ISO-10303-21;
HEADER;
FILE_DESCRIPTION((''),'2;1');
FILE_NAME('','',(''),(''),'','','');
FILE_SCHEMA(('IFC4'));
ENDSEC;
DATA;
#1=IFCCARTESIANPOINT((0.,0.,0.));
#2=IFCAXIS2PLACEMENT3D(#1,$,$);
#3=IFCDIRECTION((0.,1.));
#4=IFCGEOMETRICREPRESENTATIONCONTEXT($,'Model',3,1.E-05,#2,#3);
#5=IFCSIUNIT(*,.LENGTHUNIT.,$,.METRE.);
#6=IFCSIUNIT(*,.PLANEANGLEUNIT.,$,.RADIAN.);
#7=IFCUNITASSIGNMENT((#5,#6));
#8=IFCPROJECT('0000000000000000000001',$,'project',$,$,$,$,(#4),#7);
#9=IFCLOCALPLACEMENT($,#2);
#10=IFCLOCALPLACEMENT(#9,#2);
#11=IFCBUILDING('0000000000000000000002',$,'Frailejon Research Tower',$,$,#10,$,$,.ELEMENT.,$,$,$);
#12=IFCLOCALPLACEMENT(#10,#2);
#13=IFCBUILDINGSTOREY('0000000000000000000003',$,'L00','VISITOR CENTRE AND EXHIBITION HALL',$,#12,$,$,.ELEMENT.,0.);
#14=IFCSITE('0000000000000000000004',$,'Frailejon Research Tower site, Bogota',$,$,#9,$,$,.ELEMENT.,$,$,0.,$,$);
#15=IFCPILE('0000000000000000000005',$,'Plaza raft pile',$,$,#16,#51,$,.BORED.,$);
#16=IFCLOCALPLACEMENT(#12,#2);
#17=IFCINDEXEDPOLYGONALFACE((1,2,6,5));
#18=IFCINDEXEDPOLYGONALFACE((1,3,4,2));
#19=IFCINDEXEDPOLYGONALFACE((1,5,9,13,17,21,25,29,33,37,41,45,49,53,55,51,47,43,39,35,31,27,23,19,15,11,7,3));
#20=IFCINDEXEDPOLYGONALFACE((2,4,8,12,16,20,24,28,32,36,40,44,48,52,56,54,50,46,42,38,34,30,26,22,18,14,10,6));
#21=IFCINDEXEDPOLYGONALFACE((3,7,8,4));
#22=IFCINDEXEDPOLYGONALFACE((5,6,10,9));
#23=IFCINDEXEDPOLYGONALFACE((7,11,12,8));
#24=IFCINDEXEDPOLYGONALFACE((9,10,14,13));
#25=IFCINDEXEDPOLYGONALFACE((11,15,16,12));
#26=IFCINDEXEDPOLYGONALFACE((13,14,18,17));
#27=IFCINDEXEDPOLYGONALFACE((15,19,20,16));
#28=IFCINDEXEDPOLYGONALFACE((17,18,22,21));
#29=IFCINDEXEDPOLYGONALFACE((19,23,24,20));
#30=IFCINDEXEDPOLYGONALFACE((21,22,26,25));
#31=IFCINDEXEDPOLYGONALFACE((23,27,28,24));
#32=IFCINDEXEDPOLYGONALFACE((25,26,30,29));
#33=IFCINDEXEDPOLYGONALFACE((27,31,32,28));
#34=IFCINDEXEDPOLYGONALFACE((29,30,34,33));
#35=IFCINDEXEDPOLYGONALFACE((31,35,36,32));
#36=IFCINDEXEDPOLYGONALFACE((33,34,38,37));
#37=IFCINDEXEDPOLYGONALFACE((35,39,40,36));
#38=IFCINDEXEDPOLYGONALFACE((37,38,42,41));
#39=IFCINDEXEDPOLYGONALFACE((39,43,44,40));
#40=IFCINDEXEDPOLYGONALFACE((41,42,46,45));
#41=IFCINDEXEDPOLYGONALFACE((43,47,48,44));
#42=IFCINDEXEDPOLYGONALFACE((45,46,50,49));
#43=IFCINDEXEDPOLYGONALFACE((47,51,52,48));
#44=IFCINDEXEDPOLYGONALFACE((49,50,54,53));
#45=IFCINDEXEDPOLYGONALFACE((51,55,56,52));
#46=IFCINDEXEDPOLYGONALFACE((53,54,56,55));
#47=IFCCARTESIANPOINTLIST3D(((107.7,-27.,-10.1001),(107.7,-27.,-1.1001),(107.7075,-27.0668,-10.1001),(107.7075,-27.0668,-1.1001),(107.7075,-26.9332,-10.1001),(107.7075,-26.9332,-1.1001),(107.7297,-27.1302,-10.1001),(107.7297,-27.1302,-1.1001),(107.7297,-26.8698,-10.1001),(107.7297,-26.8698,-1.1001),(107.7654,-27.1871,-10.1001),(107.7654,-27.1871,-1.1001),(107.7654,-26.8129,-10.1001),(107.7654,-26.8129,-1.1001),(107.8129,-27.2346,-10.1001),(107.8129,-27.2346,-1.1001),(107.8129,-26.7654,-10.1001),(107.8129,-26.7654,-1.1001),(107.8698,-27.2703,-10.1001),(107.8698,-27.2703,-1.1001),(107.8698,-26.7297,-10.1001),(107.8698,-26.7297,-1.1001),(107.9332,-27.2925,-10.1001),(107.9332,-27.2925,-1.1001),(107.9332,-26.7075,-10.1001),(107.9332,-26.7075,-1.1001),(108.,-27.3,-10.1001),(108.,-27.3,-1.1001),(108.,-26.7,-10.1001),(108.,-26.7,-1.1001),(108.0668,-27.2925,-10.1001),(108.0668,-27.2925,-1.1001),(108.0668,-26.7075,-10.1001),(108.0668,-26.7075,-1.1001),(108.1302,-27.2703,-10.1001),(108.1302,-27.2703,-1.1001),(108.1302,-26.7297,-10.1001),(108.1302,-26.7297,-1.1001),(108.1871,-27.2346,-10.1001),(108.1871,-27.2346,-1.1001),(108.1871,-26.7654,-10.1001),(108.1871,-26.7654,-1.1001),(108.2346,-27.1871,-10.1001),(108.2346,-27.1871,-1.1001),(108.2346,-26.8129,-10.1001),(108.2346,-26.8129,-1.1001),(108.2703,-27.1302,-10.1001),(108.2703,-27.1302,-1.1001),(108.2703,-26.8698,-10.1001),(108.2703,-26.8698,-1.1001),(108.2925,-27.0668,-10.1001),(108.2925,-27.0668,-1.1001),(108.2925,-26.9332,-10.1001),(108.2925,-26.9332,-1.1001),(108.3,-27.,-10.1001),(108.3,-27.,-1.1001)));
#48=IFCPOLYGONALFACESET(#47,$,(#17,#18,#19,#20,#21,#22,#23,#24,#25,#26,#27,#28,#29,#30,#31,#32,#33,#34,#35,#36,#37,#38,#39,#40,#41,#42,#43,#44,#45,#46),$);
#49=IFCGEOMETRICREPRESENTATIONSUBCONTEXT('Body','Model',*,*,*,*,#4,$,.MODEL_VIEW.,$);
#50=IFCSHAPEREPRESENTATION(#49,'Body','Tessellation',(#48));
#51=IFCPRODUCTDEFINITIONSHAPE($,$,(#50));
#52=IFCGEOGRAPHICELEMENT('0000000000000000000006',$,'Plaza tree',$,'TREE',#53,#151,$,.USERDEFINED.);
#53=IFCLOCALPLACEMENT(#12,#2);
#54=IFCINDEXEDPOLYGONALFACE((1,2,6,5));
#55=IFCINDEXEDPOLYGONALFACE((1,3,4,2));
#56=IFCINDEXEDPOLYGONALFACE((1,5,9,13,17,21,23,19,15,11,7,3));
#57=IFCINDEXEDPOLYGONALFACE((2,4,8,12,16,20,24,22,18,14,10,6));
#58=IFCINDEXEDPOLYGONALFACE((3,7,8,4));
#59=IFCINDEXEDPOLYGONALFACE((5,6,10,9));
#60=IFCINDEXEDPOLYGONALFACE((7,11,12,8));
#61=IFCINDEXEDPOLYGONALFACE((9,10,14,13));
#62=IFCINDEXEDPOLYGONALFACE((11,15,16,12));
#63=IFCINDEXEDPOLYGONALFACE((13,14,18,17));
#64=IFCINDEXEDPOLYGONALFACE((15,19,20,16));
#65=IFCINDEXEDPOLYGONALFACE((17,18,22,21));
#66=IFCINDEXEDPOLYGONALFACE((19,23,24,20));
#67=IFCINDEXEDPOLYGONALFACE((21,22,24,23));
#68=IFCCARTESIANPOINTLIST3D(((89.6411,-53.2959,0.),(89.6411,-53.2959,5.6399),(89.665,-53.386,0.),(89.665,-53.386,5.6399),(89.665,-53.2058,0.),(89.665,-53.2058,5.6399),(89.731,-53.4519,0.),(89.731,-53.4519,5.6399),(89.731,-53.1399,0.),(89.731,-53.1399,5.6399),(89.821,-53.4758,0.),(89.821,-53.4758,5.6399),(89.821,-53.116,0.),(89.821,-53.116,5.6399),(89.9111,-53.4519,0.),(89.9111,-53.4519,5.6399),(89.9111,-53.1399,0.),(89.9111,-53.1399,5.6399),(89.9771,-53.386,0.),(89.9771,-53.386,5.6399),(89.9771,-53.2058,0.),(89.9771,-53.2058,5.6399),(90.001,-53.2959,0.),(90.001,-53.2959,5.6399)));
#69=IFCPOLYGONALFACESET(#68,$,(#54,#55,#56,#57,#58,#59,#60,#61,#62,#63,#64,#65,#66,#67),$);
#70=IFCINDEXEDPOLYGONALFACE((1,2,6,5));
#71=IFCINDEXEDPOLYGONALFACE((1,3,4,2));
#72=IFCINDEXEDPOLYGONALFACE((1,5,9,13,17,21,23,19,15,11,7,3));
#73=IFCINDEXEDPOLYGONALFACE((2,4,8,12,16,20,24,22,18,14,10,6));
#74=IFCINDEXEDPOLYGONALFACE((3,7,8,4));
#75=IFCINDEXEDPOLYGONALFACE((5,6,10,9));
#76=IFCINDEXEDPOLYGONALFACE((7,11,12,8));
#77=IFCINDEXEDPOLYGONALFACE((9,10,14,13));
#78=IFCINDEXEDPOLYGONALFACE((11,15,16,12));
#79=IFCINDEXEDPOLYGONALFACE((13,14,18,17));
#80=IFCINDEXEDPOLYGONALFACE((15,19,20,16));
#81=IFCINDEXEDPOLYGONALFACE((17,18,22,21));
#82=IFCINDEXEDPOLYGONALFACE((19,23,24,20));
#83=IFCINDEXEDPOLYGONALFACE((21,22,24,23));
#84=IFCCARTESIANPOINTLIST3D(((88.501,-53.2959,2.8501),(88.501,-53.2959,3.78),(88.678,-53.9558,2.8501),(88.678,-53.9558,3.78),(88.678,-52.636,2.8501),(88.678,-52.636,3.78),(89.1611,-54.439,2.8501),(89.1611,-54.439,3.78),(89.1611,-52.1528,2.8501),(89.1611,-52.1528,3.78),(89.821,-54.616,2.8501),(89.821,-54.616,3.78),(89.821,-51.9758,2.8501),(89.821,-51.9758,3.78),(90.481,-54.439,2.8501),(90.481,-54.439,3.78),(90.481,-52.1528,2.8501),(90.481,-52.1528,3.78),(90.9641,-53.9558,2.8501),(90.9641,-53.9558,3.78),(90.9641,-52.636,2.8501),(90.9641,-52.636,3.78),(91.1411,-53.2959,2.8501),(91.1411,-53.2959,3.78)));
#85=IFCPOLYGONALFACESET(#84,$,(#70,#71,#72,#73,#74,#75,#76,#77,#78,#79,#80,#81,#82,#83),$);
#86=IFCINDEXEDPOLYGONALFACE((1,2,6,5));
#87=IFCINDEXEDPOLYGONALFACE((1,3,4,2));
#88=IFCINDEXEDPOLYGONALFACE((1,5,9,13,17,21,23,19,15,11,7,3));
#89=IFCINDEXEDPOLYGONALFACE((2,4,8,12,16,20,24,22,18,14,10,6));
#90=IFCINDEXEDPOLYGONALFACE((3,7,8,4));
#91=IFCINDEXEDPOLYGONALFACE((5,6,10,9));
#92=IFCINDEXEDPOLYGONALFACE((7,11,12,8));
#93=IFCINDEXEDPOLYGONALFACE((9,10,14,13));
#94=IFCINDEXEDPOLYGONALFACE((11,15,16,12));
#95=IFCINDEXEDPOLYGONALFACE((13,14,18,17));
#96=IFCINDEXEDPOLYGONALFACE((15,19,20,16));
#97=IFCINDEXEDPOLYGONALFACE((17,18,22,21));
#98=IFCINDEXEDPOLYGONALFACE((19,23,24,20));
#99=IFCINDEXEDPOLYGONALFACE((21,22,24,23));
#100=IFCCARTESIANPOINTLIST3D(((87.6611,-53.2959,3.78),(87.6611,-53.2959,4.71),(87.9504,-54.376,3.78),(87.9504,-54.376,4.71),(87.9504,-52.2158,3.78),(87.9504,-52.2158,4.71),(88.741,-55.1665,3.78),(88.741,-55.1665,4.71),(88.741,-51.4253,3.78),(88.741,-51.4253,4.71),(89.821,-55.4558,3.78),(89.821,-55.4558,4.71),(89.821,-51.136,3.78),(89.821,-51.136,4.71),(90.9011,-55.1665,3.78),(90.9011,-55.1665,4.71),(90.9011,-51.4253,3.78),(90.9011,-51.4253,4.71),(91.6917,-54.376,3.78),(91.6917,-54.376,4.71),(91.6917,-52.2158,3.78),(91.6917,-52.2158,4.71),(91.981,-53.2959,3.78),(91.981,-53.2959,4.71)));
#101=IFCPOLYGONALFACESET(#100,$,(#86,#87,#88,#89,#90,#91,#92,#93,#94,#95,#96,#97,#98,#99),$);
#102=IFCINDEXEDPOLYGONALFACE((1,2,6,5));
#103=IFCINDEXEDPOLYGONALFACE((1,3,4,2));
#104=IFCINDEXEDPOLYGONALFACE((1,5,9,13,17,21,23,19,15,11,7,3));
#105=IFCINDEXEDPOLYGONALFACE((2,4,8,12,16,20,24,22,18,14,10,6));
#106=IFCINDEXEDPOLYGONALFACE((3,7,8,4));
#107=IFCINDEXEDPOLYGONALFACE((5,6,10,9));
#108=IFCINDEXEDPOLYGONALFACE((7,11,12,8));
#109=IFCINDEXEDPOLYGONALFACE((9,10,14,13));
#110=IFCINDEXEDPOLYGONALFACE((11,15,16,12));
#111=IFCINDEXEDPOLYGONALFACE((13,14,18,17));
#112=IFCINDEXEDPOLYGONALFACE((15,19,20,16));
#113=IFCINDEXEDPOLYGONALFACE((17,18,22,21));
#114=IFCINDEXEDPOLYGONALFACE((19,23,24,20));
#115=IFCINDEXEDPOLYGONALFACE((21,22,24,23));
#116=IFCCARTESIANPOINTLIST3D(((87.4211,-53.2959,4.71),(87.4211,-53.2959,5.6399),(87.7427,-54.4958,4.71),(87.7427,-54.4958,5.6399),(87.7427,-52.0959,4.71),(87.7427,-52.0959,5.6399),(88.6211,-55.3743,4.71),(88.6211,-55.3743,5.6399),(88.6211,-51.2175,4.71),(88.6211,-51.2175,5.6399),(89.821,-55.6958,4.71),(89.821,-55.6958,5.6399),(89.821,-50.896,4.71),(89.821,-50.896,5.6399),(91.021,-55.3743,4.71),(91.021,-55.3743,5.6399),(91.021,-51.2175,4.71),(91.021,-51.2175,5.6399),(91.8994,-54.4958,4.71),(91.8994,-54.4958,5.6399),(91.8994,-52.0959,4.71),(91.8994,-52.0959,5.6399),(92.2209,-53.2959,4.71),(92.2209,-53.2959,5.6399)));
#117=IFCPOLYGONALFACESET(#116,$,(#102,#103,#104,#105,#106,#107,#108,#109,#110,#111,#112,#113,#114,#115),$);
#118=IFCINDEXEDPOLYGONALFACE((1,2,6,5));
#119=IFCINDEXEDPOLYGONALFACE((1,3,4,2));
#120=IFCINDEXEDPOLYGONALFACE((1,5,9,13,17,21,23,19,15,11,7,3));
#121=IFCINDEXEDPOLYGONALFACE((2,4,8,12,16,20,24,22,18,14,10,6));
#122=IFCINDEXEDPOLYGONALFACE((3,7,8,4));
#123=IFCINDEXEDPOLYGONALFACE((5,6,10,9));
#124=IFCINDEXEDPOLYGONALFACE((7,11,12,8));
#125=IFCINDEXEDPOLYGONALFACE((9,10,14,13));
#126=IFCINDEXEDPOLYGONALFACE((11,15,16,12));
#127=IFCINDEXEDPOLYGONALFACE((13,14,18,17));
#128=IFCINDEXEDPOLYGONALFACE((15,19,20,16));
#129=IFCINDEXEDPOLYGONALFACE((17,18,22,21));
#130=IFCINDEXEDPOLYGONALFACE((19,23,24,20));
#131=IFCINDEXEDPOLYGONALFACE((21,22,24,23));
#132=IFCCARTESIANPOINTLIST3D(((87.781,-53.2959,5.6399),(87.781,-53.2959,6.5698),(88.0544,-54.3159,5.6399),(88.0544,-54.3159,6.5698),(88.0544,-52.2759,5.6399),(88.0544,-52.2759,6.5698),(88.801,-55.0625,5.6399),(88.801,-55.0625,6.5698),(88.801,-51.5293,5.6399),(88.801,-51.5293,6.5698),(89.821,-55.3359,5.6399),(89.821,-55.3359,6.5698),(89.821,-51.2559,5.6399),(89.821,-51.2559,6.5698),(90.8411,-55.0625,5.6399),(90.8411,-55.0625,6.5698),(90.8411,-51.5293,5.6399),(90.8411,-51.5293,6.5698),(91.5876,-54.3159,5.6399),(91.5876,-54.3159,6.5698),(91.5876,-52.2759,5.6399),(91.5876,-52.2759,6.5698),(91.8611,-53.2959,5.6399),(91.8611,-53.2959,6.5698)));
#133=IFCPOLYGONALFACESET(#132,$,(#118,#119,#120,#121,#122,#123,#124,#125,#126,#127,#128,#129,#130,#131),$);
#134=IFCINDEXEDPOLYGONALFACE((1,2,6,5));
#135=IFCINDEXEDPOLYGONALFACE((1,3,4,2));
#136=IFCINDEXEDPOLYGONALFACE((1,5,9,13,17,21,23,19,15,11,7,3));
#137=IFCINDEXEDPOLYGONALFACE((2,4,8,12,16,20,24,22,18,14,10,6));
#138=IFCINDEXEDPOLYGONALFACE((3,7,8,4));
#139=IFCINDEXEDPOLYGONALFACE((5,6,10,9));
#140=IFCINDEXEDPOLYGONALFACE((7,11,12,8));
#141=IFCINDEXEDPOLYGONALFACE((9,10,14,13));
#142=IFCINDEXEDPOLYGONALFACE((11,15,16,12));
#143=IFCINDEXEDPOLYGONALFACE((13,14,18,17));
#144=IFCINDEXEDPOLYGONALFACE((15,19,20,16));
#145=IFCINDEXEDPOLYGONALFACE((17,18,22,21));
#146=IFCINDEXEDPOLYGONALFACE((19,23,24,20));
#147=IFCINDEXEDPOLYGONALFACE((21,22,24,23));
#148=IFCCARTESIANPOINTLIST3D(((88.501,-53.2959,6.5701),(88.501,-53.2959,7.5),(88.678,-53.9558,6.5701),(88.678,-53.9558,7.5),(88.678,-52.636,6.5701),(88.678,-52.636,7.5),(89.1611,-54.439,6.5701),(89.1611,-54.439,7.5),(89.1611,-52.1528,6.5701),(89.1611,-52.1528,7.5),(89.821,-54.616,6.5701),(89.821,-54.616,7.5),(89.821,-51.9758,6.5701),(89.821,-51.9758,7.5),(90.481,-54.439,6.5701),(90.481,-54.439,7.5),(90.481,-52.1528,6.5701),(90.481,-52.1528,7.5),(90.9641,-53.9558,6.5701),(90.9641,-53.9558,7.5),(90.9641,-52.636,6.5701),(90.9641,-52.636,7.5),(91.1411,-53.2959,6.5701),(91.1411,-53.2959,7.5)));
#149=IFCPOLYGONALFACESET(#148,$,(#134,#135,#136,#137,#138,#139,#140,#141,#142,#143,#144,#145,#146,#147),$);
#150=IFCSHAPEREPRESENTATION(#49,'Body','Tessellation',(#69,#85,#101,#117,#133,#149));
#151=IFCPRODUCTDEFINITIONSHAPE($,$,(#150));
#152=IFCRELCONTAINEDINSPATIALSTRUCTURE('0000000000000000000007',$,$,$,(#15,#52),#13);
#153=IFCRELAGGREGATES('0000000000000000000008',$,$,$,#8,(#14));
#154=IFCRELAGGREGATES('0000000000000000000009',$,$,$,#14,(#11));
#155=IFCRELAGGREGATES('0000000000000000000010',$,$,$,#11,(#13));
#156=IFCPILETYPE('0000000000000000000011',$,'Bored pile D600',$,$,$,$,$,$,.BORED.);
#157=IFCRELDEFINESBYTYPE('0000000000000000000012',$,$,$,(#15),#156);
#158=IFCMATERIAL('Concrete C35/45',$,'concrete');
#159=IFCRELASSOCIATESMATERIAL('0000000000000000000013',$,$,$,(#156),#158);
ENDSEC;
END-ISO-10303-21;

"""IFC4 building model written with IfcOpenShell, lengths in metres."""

from ifc_helpers import new_model, si_unit, direction, frame, origin, origin_2d, place, context, subcontext, project, spatial, polyline, circle, outline, extrude, material, material_profile, profile_set, type_object, element, save


model = new_model("IFC4")

# Units and contexts
model_context = context("Model", 3, precision=1e-05, world=origin(), true_north=direction((0.0, 1.0)))
body_context = subcontext(model_context, "Body", "Model", "MODEL_VIEW")
ifc_project = project(units=[si_unit("LENGTHUNIT", "METRE"), si_unit("PLANEANGLEUNIT", "RADIAN")], contexts=[model_context])

# Site, building, storey
site_placement = place(None, origin())
site = spatial("IfcSite", under=ifc_project, at=site_placement, Name="Frailejon Research Tower site, Bogota", CompositionType="ELEMENT", RefElevation=0.0)
building_placement = place(site_placement, origin())
building = spatial("IfcBuilding", under=site, at=building_placement, Name="Frailejon Research Tower", CompositionType="ELEMENT")
storey_placement = place(building_placement, origin())
storey = spatial("IfcBuildingStorey", under=building, at=storey_placement, Name="L00", Description="VISITOR CENTRE AND EXHIBITION HALL", CompositionType="ELEMENT", Elevation=0.0)

# Pile
ifc_material = material(Name="Concrete C35/45", Category="concrete")
ifc_material_profile = material_profile(ifc_material, circle(Radius=0.3, at=origin_2d()), Name="Bored pile D600")
ifc_profile_set = profile_set([ifc_material_profile], Name="Concrete C35/45")
pile_type = type_object("IfcPileType", Name="Bored pile D600", PredefinedType="BORED", material=ifc_profile_set)
for number, where, z_axis, x_axis, name in (
    (1, (108.0, -27.0, -1.1001), (0.0, 0.0, -1.0), (1.0, 0.0, 0.0), "Plaza raft pile"),
):
    element("IfcPile", number, at=place(storey_placement, frame(where, z_axis=z_axis, x_axis=x_axis)), inside=storey, type_object=pile_type, Name=name, PredefinedType="BORED", context=body_context, shape_type="SweptSolid", body=[
        extrude(circle(Radius=0.3, at=origin_2d()), origin(), (0.0, 0.0, 1.0), 9.0),
    ])

# Geographic element
geographic_element_1_placement = place(storey_placement, frame((89.821, -53.2959, 0.0)))
element("IfcGeographicElement", 2, at=geographic_element_1_placement, inside=storey, Name="Plaza tree", ObjectType="TREE", PredefinedType="USERDEFINED", context=body_context, shape_type="SweptSolid", body=[
    extrude(outline(polyline([(0.1799, 0.0), (0.156, 0.0901), (0.0901, 0.156), (0.0, 0.1799), (-0.0901, 0.156), (-0.156, 0.0901), (-0.1799, 0.0), (-0.156, -0.0901), (-0.0901, -0.156), (0.0, -0.1799), (0.0901, -0.156), (0.156, -0.0901), (0.1799, 0.0)])), origin(), (0.0, 0.0, 1.0), 5.6399),
    extrude(outline(polyline([(1.3201, 0.0), (1.1431, 0.6599), (0.6599, 1.1431), (0.0, 1.3201), (-0.6599, 1.1431), (-1.1431, 0.6599), (-1.3201, 0.0), (-1.1431, -0.6599), (-0.6599, -1.1431), (0.0, -1.3201), (0.6599, -1.1431), (1.1431, -0.6599), (1.3201, 0.0)])), frame((0.0, 0.0, 2.8501)), (0.0, 0.0, 1.0), 0.9299),
    extrude(outline(polyline([(2.1599, 0.0), (1.8706, 1.0801), (1.0801, 1.8706), (0.0, 2.1599), (-1.0801, 1.8706), (-1.8706, 1.0801), (-2.1599, 0.0), (-1.8706, -1.0801), (-1.0801, -1.8706), (0.0, -2.1599), (1.0801, -1.8706), (1.8706, -1.0801), (2.1599, 0.0)])), frame((0.0, 0.0, 3.78)), (0.0, 0.0, 1.0), 0.9299),
    extrude(outline(polyline([(2.3999, 0.0), (2.0784, 1.2), (1.2, 2.0784), (0.0, 2.3999), (-1.2, 2.0784), (-2.0784, 1.2), (-2.3999, 0.0), (-2.0784, -1.2), (-1.2, -2.0784), (0.0, -2.3999), (1.2, -2.0784), (2.0784, -1.2), (2.3999, 0.0)])), frame((0.0, 0.0, 4.71)), (0.0, 0.0, 1.0), 0.9299),
    extrude(outline(polyline([(2.04, 0.0), (1.7666, 1.02), (1.02, 1.7666), (0.0, 2.04), (-1.02, 1.7666), (-1.7666, 1.02), (-2.04, 0.0), (-1.7666, -1.02), (-1.02, -1.7666), (0.0, -2.04), (1.02, -1.7666), (1.7666, -1.02), (2.04, 0.0)])), frame((0.0, 0.0, 5.6399)), (0.0, 0.0, 1.0), 0.9299),
    extrude(outline(polyline([(1.3201, 0.0), (1.1431, 0.6599), (0.6599, 1.1431), (0.0, 1.3201), (-0.6599, 1.1431), (-1.1431, 0.6599), (-1.3201, 0.0), (-1.1431, -0.6599), (-0.6599, -1.1431), (0.0, -1.3201), (0.6599, -1.1431), (1.1431, -0.6599), (1.3201, 0.0)])), frame((0.0, 0.0, 6.5701)), (0.0, 0.0, 1.0), 0.9299),
])

save(model, "model.ifc")
